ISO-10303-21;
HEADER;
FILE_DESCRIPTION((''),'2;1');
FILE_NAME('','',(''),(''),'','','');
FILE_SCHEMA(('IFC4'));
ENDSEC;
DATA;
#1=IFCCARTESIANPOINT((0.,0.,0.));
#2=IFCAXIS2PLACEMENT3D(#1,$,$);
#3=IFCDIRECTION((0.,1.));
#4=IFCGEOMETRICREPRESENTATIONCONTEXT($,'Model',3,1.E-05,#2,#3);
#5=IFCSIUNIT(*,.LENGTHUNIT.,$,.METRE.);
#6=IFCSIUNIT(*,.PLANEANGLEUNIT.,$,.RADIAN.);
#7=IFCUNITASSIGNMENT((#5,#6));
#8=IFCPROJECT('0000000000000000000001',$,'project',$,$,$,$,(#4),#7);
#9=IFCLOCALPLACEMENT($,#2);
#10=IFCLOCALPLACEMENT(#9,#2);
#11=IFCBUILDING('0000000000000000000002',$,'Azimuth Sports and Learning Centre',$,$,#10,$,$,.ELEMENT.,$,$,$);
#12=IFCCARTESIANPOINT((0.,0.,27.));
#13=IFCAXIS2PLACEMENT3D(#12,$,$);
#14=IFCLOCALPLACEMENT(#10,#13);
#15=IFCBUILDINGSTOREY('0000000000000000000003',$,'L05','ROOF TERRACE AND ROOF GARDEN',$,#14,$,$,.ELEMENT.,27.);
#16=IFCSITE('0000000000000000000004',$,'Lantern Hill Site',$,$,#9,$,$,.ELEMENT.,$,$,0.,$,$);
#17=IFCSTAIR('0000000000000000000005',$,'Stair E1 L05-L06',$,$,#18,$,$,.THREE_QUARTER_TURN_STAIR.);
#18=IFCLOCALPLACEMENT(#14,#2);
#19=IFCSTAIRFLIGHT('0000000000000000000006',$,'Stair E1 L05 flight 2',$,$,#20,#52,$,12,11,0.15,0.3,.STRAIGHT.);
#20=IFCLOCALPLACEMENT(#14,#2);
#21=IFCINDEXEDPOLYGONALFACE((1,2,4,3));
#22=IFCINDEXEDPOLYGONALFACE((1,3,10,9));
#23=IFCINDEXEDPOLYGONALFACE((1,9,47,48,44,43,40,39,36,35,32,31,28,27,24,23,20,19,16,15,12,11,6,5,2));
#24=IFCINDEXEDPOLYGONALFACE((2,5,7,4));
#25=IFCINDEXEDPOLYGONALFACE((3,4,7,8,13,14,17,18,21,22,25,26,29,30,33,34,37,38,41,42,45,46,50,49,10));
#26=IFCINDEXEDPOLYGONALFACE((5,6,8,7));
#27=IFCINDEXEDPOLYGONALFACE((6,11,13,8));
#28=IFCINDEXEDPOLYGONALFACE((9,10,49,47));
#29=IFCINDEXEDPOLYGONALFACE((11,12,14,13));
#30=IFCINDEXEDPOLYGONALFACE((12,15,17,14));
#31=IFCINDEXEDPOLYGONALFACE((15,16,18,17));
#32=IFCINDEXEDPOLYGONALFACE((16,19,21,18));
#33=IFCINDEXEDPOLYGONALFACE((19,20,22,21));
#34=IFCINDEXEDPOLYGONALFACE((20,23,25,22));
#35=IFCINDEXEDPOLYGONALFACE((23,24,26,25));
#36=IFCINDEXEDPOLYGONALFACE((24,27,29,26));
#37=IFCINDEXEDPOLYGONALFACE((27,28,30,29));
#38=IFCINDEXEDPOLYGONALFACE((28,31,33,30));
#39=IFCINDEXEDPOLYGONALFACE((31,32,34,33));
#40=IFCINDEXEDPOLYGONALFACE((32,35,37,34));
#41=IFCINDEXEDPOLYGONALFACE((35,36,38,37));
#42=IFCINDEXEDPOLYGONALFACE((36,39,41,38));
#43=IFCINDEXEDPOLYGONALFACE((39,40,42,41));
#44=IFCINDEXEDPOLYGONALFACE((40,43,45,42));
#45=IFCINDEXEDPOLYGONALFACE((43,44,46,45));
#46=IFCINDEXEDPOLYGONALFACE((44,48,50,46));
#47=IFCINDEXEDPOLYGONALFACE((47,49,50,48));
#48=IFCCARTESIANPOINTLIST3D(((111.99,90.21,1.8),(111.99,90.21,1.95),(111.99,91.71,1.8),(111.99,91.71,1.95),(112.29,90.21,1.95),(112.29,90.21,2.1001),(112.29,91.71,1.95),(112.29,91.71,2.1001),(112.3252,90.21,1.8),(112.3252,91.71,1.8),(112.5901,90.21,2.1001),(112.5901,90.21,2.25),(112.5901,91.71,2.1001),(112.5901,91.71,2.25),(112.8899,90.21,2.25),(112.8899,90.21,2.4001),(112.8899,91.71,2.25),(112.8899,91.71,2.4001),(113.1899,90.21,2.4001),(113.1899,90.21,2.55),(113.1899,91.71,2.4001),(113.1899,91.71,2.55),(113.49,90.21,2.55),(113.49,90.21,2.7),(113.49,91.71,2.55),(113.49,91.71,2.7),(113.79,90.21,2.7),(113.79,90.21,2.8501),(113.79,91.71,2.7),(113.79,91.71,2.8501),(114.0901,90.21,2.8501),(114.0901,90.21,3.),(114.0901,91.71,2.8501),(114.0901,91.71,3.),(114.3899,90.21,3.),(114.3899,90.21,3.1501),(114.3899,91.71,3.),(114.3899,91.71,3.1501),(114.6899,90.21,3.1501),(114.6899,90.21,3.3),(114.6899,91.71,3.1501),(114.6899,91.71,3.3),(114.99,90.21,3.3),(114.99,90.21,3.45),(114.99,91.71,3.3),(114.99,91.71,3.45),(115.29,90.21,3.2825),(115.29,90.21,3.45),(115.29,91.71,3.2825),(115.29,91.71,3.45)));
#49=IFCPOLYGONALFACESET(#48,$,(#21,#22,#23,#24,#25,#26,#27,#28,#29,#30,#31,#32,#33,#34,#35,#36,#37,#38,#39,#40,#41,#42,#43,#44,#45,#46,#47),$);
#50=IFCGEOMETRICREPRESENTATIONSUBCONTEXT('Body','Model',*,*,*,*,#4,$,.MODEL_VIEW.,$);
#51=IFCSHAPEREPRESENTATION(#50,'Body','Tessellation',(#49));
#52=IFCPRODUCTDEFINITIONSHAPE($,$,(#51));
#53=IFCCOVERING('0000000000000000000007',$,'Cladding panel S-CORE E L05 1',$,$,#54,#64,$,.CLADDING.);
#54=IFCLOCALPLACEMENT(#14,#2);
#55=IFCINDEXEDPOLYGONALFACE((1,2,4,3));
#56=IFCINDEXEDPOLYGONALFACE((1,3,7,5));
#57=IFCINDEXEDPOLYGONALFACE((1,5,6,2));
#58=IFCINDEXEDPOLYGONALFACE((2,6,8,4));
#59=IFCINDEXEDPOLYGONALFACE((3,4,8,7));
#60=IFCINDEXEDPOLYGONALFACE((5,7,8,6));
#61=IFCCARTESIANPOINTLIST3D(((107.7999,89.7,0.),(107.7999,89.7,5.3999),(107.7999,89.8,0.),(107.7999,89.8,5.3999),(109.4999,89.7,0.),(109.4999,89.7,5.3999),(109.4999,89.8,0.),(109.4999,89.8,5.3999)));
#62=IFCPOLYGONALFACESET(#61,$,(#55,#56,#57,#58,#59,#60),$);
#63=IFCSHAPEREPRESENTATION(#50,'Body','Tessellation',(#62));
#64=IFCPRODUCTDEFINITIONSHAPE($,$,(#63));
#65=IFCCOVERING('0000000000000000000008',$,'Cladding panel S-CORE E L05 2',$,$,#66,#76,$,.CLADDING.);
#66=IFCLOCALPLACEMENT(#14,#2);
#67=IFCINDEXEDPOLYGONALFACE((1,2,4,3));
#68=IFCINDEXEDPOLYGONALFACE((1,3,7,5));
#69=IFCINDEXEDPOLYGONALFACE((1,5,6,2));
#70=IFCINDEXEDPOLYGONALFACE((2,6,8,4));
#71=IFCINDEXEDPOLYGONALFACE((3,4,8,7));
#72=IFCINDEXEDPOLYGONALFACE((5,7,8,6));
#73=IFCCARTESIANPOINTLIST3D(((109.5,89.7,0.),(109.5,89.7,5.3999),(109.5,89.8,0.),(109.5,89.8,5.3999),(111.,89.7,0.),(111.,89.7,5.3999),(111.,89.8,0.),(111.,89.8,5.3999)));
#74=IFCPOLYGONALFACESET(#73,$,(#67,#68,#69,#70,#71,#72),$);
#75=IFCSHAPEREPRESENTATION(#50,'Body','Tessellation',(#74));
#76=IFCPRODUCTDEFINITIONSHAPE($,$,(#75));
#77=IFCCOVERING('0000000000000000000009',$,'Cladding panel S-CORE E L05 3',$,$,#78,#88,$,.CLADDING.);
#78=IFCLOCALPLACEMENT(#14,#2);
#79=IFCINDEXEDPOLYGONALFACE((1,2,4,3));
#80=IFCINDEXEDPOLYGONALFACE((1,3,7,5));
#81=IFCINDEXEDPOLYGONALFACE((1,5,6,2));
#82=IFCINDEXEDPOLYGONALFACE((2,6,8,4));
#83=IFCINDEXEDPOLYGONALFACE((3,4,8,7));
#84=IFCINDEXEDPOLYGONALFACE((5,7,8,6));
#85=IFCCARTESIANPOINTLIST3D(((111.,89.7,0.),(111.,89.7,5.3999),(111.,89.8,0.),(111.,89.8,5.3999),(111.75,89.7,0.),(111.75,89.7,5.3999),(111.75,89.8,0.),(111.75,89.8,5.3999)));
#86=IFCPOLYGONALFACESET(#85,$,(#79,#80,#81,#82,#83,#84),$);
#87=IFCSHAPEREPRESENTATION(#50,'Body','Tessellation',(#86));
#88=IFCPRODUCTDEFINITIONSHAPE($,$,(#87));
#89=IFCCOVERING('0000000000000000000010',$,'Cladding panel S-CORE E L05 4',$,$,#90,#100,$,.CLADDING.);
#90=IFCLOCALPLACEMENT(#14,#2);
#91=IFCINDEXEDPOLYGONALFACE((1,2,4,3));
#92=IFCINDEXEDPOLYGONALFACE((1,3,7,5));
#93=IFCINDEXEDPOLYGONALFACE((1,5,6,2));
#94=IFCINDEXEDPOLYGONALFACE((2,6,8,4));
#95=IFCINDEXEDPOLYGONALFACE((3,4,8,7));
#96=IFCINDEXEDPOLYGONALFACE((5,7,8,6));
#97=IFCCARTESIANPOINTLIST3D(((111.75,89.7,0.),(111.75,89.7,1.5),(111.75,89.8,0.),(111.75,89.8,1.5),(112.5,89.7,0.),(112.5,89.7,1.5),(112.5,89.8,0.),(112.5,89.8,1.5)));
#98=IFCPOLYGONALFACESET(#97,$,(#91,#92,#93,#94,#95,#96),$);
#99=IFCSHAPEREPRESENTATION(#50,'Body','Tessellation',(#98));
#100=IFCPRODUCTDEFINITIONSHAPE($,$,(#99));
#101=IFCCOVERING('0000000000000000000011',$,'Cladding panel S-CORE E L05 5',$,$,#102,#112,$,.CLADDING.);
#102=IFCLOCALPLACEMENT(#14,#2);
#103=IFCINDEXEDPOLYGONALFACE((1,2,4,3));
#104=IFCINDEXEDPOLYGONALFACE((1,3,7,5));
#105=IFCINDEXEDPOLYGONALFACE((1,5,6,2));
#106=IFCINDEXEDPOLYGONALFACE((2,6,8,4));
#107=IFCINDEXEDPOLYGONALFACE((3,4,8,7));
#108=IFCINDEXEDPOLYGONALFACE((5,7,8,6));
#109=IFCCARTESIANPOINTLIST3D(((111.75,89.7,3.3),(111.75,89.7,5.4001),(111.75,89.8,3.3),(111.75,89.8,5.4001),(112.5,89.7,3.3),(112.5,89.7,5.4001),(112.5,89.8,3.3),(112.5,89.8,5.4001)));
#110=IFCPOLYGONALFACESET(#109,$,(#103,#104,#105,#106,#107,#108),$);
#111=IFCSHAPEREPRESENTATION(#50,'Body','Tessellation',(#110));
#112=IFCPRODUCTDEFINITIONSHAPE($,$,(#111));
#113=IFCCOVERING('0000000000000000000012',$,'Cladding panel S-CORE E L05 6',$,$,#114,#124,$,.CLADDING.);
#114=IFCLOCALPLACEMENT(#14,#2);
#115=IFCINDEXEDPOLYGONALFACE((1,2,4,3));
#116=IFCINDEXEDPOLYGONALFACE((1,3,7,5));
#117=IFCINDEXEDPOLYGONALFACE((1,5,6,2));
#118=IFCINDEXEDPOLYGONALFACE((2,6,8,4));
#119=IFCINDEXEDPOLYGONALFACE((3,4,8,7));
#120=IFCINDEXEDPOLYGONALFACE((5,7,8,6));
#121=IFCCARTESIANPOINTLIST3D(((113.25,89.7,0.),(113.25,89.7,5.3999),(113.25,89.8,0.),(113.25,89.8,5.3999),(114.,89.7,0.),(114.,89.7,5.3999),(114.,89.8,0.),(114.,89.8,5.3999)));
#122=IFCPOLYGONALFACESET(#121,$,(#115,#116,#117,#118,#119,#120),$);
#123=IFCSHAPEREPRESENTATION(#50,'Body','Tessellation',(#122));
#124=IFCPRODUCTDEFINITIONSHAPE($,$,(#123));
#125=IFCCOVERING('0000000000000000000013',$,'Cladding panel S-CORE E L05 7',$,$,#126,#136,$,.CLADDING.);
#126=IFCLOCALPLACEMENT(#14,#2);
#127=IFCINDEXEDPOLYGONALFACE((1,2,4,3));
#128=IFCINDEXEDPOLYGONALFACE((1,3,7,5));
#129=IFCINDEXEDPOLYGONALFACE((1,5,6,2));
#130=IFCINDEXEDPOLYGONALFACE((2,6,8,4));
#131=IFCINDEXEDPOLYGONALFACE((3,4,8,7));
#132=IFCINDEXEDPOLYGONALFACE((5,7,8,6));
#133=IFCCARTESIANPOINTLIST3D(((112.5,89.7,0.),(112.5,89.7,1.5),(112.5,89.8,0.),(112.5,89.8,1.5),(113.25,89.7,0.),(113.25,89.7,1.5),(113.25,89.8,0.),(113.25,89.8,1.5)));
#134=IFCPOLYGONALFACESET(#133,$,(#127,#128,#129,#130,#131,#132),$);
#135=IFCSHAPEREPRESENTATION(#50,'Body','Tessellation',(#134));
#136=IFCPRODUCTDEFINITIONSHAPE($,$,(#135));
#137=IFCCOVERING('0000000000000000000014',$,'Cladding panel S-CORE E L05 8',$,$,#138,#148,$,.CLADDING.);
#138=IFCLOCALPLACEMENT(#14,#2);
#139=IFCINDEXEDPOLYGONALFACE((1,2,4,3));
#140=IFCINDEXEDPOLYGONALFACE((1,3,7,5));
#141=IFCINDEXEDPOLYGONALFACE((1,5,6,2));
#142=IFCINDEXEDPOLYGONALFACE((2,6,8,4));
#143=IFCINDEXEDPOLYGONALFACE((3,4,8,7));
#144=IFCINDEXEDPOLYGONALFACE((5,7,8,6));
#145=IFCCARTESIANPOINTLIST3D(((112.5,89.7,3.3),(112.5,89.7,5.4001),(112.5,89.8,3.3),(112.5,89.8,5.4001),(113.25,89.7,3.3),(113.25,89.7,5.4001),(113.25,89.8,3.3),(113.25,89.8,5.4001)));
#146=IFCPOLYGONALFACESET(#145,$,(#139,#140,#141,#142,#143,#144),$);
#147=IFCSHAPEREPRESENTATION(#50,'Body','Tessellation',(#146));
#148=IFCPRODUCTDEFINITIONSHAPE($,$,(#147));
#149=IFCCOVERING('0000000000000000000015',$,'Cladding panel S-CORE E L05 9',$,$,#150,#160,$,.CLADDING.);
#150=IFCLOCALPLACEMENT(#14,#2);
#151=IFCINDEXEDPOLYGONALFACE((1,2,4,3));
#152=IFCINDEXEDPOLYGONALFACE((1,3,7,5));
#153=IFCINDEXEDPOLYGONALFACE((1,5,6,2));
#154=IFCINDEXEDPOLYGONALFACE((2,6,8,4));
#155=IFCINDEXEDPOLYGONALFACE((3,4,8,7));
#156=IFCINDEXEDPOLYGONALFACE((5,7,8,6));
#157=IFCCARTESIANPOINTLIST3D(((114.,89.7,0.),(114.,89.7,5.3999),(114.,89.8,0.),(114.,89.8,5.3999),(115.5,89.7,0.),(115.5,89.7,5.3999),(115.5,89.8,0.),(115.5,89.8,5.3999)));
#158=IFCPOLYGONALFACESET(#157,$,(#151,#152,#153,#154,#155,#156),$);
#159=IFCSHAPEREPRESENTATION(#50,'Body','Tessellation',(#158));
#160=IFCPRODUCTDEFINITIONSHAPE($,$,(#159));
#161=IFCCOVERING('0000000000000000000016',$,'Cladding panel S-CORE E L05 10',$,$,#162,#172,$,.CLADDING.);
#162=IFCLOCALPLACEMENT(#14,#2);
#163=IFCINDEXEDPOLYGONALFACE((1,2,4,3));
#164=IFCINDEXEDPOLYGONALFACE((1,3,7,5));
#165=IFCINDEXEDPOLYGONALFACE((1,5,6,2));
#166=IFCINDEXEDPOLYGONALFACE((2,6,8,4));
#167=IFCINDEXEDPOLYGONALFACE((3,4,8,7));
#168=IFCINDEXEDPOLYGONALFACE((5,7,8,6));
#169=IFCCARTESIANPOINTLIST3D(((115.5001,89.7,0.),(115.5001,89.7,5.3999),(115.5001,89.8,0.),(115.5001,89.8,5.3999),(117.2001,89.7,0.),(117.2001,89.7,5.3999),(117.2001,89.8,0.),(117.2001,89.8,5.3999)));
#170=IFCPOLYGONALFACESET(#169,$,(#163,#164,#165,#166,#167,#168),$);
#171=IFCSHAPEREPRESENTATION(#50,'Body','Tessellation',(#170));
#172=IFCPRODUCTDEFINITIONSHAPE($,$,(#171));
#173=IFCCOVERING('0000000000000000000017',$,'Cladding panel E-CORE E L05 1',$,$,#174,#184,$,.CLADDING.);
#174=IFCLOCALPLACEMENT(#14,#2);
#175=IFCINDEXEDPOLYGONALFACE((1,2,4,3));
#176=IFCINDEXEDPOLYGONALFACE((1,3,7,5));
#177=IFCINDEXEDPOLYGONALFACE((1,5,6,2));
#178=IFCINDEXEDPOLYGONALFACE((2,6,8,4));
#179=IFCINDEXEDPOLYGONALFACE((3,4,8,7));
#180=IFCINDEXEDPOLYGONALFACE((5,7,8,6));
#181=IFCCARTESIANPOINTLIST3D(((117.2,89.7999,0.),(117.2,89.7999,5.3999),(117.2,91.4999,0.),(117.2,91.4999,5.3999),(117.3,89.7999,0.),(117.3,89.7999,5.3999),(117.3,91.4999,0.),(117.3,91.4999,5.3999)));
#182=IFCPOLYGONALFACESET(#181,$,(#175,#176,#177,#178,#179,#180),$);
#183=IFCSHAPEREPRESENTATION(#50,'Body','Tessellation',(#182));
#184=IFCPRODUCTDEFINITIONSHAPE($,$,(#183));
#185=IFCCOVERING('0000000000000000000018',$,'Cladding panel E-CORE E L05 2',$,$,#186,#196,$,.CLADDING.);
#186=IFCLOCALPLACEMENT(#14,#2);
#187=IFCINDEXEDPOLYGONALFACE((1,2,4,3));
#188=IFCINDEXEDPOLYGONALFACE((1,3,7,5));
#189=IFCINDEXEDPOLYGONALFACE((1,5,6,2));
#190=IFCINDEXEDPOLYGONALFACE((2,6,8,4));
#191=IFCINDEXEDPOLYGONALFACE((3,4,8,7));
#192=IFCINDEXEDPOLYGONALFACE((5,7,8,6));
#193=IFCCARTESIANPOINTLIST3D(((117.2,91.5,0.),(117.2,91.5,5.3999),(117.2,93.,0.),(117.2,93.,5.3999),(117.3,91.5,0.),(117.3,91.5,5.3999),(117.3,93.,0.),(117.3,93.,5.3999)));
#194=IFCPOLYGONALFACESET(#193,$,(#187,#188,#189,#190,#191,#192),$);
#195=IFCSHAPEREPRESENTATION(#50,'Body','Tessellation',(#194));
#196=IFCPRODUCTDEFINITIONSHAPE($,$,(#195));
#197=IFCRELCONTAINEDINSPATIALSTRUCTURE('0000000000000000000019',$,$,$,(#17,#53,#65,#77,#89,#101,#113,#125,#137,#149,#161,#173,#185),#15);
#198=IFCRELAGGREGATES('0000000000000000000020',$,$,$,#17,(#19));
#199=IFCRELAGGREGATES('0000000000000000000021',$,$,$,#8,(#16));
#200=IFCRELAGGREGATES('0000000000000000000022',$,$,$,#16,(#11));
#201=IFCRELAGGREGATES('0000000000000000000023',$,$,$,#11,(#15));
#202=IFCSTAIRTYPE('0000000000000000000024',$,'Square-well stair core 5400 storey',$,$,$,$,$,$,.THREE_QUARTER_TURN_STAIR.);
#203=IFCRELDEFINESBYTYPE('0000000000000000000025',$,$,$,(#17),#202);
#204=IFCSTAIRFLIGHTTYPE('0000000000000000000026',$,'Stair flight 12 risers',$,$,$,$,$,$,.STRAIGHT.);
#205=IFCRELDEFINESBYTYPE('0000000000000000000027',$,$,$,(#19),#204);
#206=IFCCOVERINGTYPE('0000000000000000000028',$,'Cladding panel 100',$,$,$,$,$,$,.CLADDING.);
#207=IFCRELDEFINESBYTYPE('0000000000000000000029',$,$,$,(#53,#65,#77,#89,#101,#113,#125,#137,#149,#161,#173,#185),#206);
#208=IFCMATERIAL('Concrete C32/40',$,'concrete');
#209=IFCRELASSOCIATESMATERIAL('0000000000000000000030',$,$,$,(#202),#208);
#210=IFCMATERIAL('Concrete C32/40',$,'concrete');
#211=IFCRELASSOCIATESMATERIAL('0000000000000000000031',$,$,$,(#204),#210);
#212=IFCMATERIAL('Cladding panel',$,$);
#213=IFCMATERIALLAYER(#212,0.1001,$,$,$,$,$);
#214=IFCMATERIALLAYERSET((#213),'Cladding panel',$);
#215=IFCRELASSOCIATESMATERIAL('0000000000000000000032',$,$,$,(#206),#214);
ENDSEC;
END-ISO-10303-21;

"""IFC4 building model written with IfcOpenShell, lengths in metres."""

from ifc_helpers import new_model, si_unit, direction, frame, origin, origin_2d, place, context, subcontext, project, spatial, polyline, rectangle, outline, extrude, material, layer, layer_set, type_object, element, aggregate, save


model = new_model("IFC4")

# Units and contexts
model_context = context("Model", 3, precision=1e-05, world=origin(), true_north=direction((0.0, 1.0)))
body_context = subcontext(model_context, "Body", "Model", "MODEL_VIEW")
ifc_project = project(units=[si_unit("LENGTHUNIT", "METRE"), si_unit("PLANEANGLEUNIT", "RADIAN")], contexts=[model_context])

# Site, building, storey
site_placement = place(None, origin())
site = spatial("IfcSite", under=ifc_project, at=site_placement, Name="Lantern Hill Site", CompositionType="ELEMENT", RefElevation=0.0)
building_placement = place(site_placement, origin())
building = spatial("IfcBuilding", under=site, at=building_placement, Name="Azimuth Sports and Learning Centre", CompositionType="ELEMENT")
storey_placement = place(building_placement, frame((0.0, 0.0, 27.0)))
storey = spatial("IfcBuildingStorey", under=building, at=storey_placement, Name="L05", Description="ROOF TERRACE AND ROOF GARDEN", CompositionType="ELEMENT", Elevation=27.0)

# Stair, stair flight
ifc_material_1 = material(Name="Concrete C32/40", Category="concrete")
stair_type = type_object("IfcStairType", Name="Square-well stair core 5400 storey", PredefinedType="THREE_QUARTER_TURN_STAIR", material=ifc_material_1)
stair_placement = place(storey_placement, origin())
stair = element("IfcStair", 1, at=stair_placement, inside=storey, type_object=stair_type, Name="Stair E1 L05-L06", PredefinedType="THREE_QUARTER_TURN_STAIR")
ifc_material_2 = material(Name="Concrete C32/40", Category="concrete")
stair_flight_type = type_object("IfcStairFlightType", Name="Stair flight 12 risers", PredefinedType="STRAIGHT", material=ifc_material_2)
stair_flight_placement = place(storey_placement, frame((111.99, 90.96, 1.8), z_axis=(0.0, 0.0, 1.0), x_axis=(1.0, 0.0, 0.0)))
stair_flight = element("IfcStairFlight", 2, at=stair_flight_placement, type_object=stair_flight_type, Name="Stair E1 L05 flight 2", NumberOfRisers=12, NumberOfTreads=11, PredefinedType="STRAIGHT", RiserHeight=0.15, TreadLength=0.3, context=body_context, shape_type="SweptSolid", body=[
    extrude(outline(polyline([(0.0, 0.0), (0.0, 0.1499), (0.3, 0.1499), (0.3, 0.3), (0.6001, 0.3), (0.6001, 0.45), (0.8999, 0.45), (0.8999, 0.6001), (1.2, 0.6001), (1.2, 0.75), (1.5, 0.75), (1.5, 0.8999), (1.8, 0.8999), (1.8, 1.05), (2.1001, 1.05), (2.1001, 1.2), (2.3999, 1.2), (2.3999, 1.3501), (2.7, 1.3501), (2.7, 1.5), (3.0, 1.5), (3.0, 1.6499), (3.3, 1.6499), (3.3, 1.8), (3.3, 1.4824), (0.3352, 0.0), (0.0, 0.0)])), frame((0.0, 0.75, 0.0), z_axis=(0.0, -1.0, 0.0), x_axis=(1.0, 0.0, 0.0)), (0.0, 0.0, 1.0), 1.5),
])
aggregate(stair, [stair_flight])

# Coverings
ifc_material_3 = material(Name="Cladding panel")
ifc_layer_1 = layer(ifc_material_3, 0.1001)
ifc_layer_set_1 = layer_set([ifc_layer_1], Name="Cladding panel")
covering_type = type_object("IfcCoveringType", Name="Cladding panel 100", PredefinedType="CLADDING", material=ifc_layer_set_1)
covering_1_placement = place(storey_placement, frame((108.6499, 89.75, 0.0), z_axis=(0.0, 0.0, 1.0), x_axis=(1.0, 0.0, 0.0)))
element("IfcCovering", 3, at=covering_1_placement, inside=storey, type_object=covering_type, Name="Cladding panel S-CORE E L05 1", PredefinedType="CLADDING", context=body_context, shape_type="SweptSolid", body=[
    extrude(rectangle(XDim=1.7, YDim=0.1001, at=origin_2d()), origin(), (0.0, 0.0, 1.0), 5.3999),
])
covering_2_placement = place(storey_placement, frame((110.25, 89.75, 0.0), z_axis=(0.0, 0.0, 1.0), x_axis=(1.0, 0.0, 0.0)))
element("IfcCovering", 4, at=covering_2_placement, inside=storey, type_object=covering_type, Name="Cladding panel S-CORE E L05 2", PredefinedType="CLADDING", context=body_context, shape_type="SweptSolid", body=[
    extrude(rectangle(XDim=1.5, YDim=0.1001, at=origin_2d()), origin(), (0.0, 0.0, 1.0), 5.3999),
])
covering_3_placement = place(storey_placement, frame((111.375, 89.75, 0.0), z_axis=(0.0, 0.0, 1.0), x_axis=(1.0, 0.0, 0.0)))
element("IfcCovering", 5, at=covering_3_placement, inside=storey, type_object=covering_type, Name="Cladding panel S-CORE E L05 3", PredefinedType="CLADDING", context=body_context, shape_type="SweptSolid", body=[
    extrude(rectangle(XDim=0.75, YDim=0.1001, at=origin_2d()), origin(), (0.0, 0.0, 1.0), 5.3999),
])
covering_4_placement = place(storey_placement, frame((112.125, 89.75, 0.0), z_axis=(0.0, 0.0, 1.0), x_axis=(1.0, 0.0, 0.0)))
element("IfcCovering", 6, at=covering_4_placement, inside=storey, type_object=covering_type, Name="Cladding panel S-CORE E L05 4", PredefinedType="CLADDING", context=body_context, shape_type="SweptSolid", body=[
    extrude(rectangle(XDim=0.75, YDim=0.1001, at=origin_2d()), origin(), (0.0, 0.0, 1.0), 1.5),
])
covering_5_placement = place(storey_placement, frame((112.125, 89.75, 3.3), z_axis=(0.0, 0.0, 1.0), x_axis=(1.0, 0.0, 0.0)))
element("IfcCovering", 7, at=covering_5_placement, inside=storey, type_object=covering_type, Name="Cladding panel S-CORE E L05 5", PredefinedType="CLADDING", context=body_context, shape_type="SweptSolid", body=[
    extrude(rectangle(XDim=0.75, YDim=0.1001, at=origin_2d()), origin(), (0.0, 0.0, 1.0), 2.1001),
])
covering_6_placement = place(storey_placement, frame((113.625, 89.75, 0.0), z_axis=(0.0, 0.0, 1.0), x_axis=(1.0, 0.0, 0.0)))
element("IfcCovering", 8, at=covering_6_placement, inside=storey, type_object=covering_type, Name="Cladding panel S-CORE E L05 6", PredefinedType="CLADDING", context=body_context, shape_type="SweptSolid", body=[
    extrude(rectangle(XDim=0.75, YDim=0.1001, at=origin_2d()), origin(), (0.0, 0.0, 1.0), 5.3999),
])
covering_7_placement = place(storey_placement, frame((112.875, 89.75, 0.0), z_axis=(0.0, 0.0, 1.0), x_axis=(1.0, 0.0, 0.0)))
element("IfcCovering", 9, at=covering_7_placement, inside=storey, type_object=covering_type, Name="Cladding panel S-CORE E L05 7", PredefinedType="CLADDING", context=body_context, shape_type="SweptSolid", body=[
    extrude(rectangle(XDim=0.75, YDim=0.1001, at=origin_2d()), origin(), (0.0, 0.0, 1.0), 1.5),
])
covering_8_placement = place(storey_placement, frame((112.875, 89.75, 3.3), z_axis=(0.0, 0.0, 1.0), x_axis=(1.0, 0.0, 0.0)))
element("IfcCovering", 10, at=covering_8_placement, inside=storey, type_object=covering_type, Name="Cladding panel S-CORE E L05 8", PredefinedType="CLADDING", context=body_context, shape_type="SweptSolid", body=[
    extrude(rectangle(XDim=0.75, YDim=0.1001, at=origin_2d()), origin(), (0.0, 0.0, 1.0), 2.1001),
])
covering_9_placement = place(storey_placement, frame((114.75, 89.75, 0.0), z_axis=(0.0, 0.0, 1.0), x_axis=(1.0, 0.0, 0.0)))
element("IfcCovering", 11, at=covering_9_placement, inside=storey, type_object=covering_type, Name="Cladding panel S-CORE E L05 9", PredefinedType="CLADDING", context=body_context, shape_type="SweptSolid", body=[
    extrude(rectangle(XDim=1.5, YDim=0.1001, at=origin_2d()), origin(), (0.0, 0.0, 1.0), 5.3999),
])
for number, where, z_axis, x_axis, name in (
    (12, (116.3501, 89.75, 0.0), (0.0, 0.0, 1.0), (1.0, 0.0, 0.0), "Cladding panel S-CORE E L05 10"),
    (13, (117.25, 90.6499, 0.0), (0.0, 0.0, 1.0), (0.0, 1.0, 0.0), "Cladding panel E-CORE E L05 1"),
):
    element("IfcCovering", number, at=place(storey_placement, frame(where, z_axis=z_axis, x_axis=x_axis)), inside=storey, type_object=covering_type, Name=name, PredefinedType="CLADDING", context=body_context, shape_type="SweptSolid", body=[
        extrude(rectangle(XDim=1.7, YDim=0.1001, at=origin_2d()), origin(), (0.0, 0.0, 1.0), 5.3999),
    ])
for number, where, z_axis, x_axis, name in (
    (14, (117.25, 92.25, 0.0), (0.0, 0.0, 1.0), (0.0, 1.0, 0.0), "Cladding panel E-CORE E L05 2"),
):
    element("IfcCovering", number, at=place(storey_placement, frame(where, z_axis=z_axis, x_axis=x_axis)), inside=storey, type_object=covering_type, Name=name, PredefinedType="CLADDING", context=body_context, shape_type="SweptSolid", body=[
        extrude(rectangle(XDim=1.5, YDim=0.1001, at=origin_2d()), origin(), (0.0, 0.0, 1.0), 5.3999),
    ])

save(model, "model.ifc")
